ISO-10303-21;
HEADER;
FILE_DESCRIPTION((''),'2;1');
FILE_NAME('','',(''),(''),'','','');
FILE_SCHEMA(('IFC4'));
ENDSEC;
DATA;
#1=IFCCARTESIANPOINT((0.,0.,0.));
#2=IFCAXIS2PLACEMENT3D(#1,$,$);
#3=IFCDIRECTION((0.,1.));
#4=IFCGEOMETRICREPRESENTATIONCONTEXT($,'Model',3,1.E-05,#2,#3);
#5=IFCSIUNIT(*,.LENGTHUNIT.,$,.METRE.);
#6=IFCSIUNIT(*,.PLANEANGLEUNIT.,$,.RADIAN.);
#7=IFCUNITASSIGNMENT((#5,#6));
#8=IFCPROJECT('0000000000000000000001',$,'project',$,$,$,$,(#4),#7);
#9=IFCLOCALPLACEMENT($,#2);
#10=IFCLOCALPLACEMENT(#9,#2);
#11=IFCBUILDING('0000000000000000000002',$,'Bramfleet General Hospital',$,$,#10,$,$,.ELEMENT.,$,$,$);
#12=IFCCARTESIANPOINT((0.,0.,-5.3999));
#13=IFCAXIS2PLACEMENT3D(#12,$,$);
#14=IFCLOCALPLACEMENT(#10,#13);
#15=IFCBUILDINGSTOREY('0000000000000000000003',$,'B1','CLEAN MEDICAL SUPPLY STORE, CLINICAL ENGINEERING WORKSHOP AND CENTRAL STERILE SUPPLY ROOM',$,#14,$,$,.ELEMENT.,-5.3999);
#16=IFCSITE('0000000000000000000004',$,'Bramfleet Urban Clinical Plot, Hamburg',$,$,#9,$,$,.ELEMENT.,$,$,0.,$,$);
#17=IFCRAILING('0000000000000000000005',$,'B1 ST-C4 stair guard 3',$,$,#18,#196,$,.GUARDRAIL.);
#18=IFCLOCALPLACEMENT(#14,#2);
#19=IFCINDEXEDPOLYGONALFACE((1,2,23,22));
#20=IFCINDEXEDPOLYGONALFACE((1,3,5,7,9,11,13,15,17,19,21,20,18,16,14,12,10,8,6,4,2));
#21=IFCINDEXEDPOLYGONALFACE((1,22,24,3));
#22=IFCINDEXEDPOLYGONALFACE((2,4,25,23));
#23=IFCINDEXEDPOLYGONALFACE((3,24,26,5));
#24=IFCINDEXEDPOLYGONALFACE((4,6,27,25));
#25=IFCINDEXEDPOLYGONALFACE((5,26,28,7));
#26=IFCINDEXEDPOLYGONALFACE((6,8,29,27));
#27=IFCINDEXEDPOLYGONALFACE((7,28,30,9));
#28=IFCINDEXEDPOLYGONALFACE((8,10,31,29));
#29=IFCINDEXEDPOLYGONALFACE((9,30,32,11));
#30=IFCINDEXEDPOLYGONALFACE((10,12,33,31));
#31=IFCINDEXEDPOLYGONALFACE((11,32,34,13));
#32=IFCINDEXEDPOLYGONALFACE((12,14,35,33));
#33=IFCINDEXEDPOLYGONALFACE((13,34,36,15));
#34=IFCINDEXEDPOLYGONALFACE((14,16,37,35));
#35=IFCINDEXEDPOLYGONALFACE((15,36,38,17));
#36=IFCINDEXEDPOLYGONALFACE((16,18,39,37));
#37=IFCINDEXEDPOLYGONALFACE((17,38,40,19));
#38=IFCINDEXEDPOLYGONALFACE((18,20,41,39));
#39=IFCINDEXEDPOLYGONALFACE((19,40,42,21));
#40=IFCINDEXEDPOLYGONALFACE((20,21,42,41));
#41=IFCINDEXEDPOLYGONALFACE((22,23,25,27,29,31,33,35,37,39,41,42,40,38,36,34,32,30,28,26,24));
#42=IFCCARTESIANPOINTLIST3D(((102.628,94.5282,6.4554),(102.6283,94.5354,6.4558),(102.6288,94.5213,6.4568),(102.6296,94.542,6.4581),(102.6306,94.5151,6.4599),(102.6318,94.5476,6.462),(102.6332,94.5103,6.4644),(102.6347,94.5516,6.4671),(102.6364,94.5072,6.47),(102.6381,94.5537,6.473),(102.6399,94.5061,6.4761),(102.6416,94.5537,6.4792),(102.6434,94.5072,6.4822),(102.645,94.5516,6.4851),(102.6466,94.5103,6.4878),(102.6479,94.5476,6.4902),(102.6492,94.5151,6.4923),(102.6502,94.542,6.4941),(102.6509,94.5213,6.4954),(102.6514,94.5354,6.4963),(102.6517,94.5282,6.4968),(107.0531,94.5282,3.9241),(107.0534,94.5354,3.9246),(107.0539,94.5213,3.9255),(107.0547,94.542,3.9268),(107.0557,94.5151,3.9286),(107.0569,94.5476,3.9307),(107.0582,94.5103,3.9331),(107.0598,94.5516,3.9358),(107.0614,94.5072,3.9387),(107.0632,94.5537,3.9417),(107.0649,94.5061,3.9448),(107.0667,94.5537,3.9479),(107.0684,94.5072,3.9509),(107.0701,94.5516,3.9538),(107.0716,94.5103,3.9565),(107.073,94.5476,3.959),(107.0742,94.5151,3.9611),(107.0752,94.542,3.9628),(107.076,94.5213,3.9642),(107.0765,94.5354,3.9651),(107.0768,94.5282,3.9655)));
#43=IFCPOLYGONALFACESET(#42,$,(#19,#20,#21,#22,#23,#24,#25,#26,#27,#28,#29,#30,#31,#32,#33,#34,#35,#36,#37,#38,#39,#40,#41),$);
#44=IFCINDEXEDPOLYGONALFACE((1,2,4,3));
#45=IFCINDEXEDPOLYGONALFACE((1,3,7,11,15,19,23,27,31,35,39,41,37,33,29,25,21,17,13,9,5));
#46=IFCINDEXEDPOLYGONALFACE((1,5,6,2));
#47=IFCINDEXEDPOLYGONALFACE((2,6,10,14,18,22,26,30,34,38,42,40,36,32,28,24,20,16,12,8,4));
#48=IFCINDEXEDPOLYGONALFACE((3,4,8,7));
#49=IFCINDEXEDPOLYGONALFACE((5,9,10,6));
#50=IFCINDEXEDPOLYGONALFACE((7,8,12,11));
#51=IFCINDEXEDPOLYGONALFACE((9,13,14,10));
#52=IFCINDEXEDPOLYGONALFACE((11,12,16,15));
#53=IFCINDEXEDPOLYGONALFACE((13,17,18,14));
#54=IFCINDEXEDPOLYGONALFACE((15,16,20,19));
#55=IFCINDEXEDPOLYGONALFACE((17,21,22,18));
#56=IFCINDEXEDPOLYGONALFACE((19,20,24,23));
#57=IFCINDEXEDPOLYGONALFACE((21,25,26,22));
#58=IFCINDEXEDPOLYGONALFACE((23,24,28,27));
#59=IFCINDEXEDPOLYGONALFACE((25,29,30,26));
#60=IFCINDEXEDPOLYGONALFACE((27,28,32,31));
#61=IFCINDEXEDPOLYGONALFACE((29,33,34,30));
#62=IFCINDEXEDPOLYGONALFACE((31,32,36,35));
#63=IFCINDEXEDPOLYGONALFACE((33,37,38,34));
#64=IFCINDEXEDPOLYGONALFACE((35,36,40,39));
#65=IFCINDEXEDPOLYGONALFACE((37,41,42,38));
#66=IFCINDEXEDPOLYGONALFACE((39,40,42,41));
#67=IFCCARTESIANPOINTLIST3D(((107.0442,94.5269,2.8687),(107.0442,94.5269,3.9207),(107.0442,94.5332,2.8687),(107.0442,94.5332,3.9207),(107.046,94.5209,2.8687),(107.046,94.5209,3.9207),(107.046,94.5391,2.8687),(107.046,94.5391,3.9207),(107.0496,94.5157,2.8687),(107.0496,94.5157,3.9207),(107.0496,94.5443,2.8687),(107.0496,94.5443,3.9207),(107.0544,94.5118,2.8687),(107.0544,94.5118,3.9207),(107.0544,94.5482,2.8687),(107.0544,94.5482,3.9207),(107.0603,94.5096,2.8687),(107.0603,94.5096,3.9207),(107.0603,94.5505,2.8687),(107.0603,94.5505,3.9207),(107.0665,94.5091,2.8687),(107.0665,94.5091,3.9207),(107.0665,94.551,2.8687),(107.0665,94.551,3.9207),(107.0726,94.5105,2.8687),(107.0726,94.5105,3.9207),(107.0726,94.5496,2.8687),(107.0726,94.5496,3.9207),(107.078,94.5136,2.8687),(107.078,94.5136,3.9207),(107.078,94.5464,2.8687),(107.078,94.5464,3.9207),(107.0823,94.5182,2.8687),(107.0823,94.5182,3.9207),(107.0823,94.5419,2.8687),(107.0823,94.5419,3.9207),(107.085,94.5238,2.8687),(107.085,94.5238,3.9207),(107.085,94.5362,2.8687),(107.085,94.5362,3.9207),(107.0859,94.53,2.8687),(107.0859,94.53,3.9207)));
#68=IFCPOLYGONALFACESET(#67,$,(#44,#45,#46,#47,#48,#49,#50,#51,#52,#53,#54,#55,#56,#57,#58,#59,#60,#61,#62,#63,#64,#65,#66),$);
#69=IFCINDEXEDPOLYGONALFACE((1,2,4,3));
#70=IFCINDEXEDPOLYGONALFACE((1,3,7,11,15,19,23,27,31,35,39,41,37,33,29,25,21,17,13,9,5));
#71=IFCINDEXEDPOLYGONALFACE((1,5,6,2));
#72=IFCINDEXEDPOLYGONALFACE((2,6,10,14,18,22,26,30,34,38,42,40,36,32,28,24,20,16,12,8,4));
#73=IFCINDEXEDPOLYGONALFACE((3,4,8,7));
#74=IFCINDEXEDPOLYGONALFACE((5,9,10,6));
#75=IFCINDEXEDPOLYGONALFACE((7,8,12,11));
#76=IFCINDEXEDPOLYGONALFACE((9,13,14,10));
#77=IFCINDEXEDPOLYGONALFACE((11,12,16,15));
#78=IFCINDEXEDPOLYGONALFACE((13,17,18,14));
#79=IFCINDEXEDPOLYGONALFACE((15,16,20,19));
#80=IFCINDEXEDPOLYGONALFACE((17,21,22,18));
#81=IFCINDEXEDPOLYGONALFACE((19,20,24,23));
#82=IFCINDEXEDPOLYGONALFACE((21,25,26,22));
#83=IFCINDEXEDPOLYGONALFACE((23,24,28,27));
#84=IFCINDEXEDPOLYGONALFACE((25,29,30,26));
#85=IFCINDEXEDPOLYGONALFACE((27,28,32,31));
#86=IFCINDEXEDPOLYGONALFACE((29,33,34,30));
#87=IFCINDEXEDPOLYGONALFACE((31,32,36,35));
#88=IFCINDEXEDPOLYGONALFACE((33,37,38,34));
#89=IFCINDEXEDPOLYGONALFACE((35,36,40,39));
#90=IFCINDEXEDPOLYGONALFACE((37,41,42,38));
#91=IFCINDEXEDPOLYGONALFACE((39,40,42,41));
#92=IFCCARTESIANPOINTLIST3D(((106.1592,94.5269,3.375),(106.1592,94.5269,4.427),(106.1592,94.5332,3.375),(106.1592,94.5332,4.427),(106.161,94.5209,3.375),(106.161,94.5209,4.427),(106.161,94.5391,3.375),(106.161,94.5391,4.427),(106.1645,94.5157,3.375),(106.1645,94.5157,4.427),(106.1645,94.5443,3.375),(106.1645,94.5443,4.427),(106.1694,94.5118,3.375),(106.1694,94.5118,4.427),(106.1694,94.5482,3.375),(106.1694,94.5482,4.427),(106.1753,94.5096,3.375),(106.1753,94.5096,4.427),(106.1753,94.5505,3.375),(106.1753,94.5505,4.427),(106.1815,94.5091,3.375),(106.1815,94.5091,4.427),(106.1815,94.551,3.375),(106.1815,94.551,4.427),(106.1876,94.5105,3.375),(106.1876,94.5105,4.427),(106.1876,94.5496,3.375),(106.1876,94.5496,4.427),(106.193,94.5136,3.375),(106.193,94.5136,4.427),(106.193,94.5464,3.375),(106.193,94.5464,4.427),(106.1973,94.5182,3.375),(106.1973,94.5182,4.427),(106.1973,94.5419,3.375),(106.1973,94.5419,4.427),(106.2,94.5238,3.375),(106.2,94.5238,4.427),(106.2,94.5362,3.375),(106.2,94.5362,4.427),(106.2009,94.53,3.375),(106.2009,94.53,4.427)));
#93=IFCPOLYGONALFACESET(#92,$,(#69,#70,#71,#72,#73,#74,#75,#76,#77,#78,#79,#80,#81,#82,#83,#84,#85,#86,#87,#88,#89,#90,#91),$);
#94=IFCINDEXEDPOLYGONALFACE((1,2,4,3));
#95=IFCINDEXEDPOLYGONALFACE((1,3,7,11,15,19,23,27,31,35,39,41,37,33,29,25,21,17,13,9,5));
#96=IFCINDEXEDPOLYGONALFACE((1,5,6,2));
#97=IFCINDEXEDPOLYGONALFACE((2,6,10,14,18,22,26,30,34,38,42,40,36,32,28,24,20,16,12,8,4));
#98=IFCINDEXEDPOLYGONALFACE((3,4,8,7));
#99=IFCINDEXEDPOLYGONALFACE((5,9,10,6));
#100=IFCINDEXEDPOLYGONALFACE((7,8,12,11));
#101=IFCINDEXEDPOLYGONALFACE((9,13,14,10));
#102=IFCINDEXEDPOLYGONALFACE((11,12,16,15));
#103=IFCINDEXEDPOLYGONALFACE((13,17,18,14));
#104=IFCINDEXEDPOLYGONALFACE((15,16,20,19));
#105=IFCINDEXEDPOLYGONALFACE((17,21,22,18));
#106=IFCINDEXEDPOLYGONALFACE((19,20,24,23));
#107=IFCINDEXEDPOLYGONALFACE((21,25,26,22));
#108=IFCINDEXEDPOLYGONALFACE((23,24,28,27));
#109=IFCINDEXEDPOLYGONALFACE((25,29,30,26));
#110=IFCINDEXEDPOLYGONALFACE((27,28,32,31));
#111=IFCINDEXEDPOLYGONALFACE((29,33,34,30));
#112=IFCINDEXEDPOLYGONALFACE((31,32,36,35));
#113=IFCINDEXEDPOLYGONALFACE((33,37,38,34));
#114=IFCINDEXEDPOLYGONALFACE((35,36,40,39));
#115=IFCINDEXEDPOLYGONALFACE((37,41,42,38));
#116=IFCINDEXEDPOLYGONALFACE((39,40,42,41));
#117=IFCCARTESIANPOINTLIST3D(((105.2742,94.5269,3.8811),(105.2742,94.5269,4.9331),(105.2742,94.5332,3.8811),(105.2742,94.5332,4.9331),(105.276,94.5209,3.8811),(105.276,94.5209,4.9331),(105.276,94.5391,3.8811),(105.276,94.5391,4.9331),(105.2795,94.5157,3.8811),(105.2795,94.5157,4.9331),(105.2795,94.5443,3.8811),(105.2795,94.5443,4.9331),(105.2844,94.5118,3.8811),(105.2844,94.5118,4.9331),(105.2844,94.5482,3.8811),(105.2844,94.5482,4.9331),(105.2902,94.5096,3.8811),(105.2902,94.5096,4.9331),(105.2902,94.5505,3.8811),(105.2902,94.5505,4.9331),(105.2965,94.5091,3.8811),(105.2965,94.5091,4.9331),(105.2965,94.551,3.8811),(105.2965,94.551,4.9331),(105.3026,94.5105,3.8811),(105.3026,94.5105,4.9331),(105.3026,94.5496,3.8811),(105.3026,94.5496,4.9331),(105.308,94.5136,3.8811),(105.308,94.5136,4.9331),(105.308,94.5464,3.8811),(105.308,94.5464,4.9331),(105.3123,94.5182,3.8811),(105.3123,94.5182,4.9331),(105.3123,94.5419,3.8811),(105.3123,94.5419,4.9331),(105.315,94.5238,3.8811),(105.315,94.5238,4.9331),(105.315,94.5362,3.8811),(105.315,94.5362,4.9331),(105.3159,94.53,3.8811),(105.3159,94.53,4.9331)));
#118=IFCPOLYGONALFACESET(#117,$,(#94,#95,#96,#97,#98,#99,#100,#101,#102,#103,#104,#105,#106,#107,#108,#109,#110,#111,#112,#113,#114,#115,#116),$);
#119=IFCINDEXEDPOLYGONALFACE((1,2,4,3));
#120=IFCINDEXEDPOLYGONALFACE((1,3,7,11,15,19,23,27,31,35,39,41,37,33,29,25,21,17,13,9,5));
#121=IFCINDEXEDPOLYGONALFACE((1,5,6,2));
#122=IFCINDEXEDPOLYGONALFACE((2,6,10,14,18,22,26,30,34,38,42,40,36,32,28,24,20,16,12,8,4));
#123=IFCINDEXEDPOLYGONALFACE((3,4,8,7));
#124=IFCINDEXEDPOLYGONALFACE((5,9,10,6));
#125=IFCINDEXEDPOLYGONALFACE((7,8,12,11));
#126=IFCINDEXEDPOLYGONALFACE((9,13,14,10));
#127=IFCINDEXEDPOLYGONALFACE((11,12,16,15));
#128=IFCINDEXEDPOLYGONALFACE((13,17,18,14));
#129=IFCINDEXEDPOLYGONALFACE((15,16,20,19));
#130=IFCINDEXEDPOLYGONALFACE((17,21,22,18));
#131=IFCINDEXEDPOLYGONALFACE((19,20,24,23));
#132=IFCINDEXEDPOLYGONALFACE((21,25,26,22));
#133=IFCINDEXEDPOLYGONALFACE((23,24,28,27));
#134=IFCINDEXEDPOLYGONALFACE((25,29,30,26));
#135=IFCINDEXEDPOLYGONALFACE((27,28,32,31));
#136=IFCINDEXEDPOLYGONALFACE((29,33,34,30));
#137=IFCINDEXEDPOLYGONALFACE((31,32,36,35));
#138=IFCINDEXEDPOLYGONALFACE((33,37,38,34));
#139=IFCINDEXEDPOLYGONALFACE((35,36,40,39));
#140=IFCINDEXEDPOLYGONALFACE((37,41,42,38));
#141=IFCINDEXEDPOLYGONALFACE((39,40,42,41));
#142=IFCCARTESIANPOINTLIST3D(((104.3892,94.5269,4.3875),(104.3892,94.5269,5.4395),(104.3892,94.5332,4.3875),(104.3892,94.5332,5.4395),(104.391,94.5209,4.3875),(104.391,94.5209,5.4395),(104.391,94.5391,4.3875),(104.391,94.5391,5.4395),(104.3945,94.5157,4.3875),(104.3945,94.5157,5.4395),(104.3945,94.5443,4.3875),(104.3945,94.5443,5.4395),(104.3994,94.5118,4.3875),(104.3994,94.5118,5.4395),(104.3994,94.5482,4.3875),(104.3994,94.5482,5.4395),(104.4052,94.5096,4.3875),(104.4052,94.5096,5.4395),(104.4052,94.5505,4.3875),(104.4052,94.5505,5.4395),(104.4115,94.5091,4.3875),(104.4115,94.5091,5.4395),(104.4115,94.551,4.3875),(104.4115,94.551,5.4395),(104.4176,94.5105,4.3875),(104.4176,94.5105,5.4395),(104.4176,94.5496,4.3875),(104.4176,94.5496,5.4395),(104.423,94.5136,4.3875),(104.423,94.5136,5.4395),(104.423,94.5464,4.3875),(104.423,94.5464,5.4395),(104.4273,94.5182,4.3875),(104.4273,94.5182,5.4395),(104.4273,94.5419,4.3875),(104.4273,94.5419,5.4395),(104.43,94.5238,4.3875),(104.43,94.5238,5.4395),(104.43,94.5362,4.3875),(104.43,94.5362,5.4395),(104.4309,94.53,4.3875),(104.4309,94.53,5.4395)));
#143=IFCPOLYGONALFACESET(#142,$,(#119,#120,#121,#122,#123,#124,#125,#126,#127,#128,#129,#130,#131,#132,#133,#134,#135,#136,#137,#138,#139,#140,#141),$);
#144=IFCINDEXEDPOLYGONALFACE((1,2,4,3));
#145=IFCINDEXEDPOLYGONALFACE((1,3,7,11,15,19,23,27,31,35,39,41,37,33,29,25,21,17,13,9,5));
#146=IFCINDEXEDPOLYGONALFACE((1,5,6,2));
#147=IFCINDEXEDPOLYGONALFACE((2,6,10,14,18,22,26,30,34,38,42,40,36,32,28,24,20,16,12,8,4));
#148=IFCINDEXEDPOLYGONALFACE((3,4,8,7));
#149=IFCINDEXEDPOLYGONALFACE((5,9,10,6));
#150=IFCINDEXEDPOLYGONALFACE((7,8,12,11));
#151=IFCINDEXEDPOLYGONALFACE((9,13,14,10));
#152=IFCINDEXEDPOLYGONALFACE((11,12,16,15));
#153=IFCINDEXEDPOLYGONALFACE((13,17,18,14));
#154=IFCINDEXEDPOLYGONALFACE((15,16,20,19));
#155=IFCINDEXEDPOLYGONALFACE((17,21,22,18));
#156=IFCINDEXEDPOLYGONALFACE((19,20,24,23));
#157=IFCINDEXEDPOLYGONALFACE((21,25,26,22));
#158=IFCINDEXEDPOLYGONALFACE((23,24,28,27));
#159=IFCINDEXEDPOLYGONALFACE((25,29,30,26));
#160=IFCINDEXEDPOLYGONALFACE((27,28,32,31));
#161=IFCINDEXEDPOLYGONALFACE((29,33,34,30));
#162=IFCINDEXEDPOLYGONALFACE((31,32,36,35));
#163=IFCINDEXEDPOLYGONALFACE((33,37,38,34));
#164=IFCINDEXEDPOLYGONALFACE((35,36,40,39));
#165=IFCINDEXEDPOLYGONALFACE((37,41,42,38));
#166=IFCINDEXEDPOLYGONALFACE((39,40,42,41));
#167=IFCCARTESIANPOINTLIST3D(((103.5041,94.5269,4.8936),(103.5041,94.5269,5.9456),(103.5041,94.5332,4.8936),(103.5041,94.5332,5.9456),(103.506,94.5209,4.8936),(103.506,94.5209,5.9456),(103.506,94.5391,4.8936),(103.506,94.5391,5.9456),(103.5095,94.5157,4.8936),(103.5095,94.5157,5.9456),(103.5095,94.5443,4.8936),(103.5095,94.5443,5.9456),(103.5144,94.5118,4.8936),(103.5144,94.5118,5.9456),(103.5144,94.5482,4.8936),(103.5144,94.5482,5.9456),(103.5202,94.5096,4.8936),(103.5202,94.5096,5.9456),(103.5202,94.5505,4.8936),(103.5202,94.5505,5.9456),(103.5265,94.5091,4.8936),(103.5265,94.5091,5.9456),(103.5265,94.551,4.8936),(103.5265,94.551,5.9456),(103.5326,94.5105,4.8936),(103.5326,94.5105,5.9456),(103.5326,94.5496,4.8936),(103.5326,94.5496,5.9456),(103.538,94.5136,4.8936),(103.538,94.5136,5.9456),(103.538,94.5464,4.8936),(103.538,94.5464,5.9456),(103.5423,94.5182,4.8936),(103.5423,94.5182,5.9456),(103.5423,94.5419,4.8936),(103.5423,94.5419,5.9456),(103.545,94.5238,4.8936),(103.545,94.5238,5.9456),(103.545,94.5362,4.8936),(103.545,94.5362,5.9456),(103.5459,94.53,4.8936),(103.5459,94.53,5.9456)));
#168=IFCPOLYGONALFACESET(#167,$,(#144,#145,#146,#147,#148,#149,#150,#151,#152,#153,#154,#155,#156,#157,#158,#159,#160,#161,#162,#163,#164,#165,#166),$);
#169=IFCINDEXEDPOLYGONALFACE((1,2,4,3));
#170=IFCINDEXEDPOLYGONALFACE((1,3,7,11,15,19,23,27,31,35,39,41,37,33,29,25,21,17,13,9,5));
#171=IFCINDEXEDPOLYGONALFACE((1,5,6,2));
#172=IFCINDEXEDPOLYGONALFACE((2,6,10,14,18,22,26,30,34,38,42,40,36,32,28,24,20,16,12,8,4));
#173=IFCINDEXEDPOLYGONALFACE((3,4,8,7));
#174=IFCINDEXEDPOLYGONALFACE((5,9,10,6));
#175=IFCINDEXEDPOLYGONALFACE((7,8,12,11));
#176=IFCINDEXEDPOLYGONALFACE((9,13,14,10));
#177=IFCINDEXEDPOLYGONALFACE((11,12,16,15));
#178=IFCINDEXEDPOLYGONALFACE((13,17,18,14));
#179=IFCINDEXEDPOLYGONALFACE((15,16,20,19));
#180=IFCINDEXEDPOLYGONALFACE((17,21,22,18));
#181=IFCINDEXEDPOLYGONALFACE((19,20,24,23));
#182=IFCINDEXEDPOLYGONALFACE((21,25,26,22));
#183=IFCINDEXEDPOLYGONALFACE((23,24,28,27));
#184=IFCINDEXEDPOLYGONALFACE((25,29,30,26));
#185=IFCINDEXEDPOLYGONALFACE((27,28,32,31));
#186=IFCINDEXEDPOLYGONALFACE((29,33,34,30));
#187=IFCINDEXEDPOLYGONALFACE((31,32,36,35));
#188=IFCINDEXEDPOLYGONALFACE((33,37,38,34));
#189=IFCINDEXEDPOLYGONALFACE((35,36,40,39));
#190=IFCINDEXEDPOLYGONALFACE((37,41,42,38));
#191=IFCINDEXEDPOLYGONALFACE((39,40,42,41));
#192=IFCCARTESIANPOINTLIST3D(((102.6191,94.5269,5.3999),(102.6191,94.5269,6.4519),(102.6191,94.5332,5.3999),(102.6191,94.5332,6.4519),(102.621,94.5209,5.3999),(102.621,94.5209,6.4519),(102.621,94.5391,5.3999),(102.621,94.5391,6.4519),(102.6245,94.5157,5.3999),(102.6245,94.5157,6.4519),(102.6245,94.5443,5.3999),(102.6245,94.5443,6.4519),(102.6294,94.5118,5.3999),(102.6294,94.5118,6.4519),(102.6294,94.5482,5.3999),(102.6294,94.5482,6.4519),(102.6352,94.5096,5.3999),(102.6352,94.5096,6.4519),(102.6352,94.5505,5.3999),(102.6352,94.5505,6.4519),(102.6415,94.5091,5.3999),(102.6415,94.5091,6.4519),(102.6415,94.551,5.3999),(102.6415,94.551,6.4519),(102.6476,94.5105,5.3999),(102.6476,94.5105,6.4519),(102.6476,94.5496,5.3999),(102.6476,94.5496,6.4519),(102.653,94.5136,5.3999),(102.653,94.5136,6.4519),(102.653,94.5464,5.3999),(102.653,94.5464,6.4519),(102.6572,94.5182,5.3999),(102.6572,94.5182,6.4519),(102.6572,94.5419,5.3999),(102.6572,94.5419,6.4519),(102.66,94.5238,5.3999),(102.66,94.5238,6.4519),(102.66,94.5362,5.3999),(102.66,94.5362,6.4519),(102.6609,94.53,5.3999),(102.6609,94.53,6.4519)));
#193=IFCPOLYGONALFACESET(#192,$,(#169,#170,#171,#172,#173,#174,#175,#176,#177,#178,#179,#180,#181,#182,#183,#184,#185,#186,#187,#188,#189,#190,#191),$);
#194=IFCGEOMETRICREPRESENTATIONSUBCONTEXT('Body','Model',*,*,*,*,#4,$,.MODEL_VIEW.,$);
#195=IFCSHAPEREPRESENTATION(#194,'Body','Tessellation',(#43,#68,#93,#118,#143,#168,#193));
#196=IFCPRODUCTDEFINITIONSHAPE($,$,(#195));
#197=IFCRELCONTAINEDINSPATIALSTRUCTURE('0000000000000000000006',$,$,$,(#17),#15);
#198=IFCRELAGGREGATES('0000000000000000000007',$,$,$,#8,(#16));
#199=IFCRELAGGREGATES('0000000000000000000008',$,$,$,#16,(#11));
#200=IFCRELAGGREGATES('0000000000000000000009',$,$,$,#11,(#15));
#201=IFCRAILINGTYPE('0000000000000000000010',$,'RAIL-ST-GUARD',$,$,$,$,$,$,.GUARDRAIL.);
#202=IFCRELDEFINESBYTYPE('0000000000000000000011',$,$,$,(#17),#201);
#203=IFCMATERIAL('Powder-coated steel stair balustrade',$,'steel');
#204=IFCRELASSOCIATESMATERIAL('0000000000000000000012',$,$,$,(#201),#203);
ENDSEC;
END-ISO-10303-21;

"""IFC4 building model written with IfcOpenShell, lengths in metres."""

from ifc_helpers import new_model, si_unit, direction, frame, origin, origin_2d, place, context, subcontext, project, spatial, circle, extrude, material, type_object, element, save


model = new_model("IFC4")

# Units and contexts
model_context = context("Model", 3, precision=1e-05, world=origin(), true_north=direction((0.0, 1.0)))
body_context = subcontext(model_context, "Body", "Model", "MODEL_VIEW")
ifc_project = project(units=[si_unit("LENGTHUNIT", "METRE"), si_unit("PLANEANGLEUNIT", "RADIAN")], contexts=[model_context])

# Site, building, storey
site_placement = place(None, origin())
site = spatial("IfcSite", under=ifc_project, at=site_placement, Name="Bramfleet Urban Clinical Plot, Hamburg", CompositionType="ELEMENT", RefElevation=0.0)
building_placement = place(site_placement, origin())
building = spatial("IfcBuilding", under=site, at=building_placement, Name="Bramfleet General Hospital", CompositionType="ELEMENT")
storey_placement = place(building_placement, frame((0.0, 0.0, -5.3999)))
storey = spatial("IfcBuildingStorey", under=building, at=storey_placement, Name="B1", Description="CLEAN MEDICAL SUPPLY STORE, CLINICAL ENGINEERING WORKSHOP AND CENTRAL STERILE SUPPLY ROOM", CompositionType="ELEMENT", Elevation=-5.3999)

# Railing
ifc_material_1 = material(Name="Powder-coated steel stair balustrade", Category="steel")
railing_type_1 = type_object("IfcRailingType", Name="RAIL-ST-GUARD", PredefinedType="GUARDRAIL", material=ifc_material_1)
railing_1_placement = place(storey_placement, frame((107.0649, 94.53, 2.8687)))
element("IfcRailing", 1, at=railing_1_placement, inside=storey, type_object=railing_type_1, Name="B1 ST-C4 stair guard 3", PredefinedType="GUARDRAIL", context=body_context, shape_type="SweptSolid", body=[
    extrude(circle(Radius=0.0239, at=origin_2d()), frame((0.0, 0.0, 1.0762), z_axis=(-0.868019, 0.0, 0.496531), x_axis=(0.0, -1.0, 0.0)), (0.0, 0.0, 1.0), 5.0979),
    extrude(circle(Radius=0.021, at=origin_2d()), origin(), (0.0, 0.0, 1.0), 1.052),
    extrude(circle(Radius=0.021, at=origin_2d()), frame((-0.885, 0.0, 0.5063)), (0.0, 0.0, 1.0), 1.052),
    extrude(circle(Radius=0.021, at=origin_2d()), frame((-1.77, 0.0, 1.0125)), (0.0, 0.0, 1.0), 1.052),
    extrude(circle(Radius=0.021, at=origin_2d()), frame((-2.655, 0.0, 1.5188)), (0.0, 0.0, 1.0), 1.052),
    extrude(circle(Radius=0.021, at=origin_2d()), frame((-3.54, 0.0, 2.0249)), (0.0, 0.0, 1.0), 1.052),
    extrude(circle(Radius=0.021, at=origin_2d()), frame((-4.425, 0.0, 2.5312)), (0.0, 0.0, 1.0), 1.052),
])

save(model, "model.ifc")
